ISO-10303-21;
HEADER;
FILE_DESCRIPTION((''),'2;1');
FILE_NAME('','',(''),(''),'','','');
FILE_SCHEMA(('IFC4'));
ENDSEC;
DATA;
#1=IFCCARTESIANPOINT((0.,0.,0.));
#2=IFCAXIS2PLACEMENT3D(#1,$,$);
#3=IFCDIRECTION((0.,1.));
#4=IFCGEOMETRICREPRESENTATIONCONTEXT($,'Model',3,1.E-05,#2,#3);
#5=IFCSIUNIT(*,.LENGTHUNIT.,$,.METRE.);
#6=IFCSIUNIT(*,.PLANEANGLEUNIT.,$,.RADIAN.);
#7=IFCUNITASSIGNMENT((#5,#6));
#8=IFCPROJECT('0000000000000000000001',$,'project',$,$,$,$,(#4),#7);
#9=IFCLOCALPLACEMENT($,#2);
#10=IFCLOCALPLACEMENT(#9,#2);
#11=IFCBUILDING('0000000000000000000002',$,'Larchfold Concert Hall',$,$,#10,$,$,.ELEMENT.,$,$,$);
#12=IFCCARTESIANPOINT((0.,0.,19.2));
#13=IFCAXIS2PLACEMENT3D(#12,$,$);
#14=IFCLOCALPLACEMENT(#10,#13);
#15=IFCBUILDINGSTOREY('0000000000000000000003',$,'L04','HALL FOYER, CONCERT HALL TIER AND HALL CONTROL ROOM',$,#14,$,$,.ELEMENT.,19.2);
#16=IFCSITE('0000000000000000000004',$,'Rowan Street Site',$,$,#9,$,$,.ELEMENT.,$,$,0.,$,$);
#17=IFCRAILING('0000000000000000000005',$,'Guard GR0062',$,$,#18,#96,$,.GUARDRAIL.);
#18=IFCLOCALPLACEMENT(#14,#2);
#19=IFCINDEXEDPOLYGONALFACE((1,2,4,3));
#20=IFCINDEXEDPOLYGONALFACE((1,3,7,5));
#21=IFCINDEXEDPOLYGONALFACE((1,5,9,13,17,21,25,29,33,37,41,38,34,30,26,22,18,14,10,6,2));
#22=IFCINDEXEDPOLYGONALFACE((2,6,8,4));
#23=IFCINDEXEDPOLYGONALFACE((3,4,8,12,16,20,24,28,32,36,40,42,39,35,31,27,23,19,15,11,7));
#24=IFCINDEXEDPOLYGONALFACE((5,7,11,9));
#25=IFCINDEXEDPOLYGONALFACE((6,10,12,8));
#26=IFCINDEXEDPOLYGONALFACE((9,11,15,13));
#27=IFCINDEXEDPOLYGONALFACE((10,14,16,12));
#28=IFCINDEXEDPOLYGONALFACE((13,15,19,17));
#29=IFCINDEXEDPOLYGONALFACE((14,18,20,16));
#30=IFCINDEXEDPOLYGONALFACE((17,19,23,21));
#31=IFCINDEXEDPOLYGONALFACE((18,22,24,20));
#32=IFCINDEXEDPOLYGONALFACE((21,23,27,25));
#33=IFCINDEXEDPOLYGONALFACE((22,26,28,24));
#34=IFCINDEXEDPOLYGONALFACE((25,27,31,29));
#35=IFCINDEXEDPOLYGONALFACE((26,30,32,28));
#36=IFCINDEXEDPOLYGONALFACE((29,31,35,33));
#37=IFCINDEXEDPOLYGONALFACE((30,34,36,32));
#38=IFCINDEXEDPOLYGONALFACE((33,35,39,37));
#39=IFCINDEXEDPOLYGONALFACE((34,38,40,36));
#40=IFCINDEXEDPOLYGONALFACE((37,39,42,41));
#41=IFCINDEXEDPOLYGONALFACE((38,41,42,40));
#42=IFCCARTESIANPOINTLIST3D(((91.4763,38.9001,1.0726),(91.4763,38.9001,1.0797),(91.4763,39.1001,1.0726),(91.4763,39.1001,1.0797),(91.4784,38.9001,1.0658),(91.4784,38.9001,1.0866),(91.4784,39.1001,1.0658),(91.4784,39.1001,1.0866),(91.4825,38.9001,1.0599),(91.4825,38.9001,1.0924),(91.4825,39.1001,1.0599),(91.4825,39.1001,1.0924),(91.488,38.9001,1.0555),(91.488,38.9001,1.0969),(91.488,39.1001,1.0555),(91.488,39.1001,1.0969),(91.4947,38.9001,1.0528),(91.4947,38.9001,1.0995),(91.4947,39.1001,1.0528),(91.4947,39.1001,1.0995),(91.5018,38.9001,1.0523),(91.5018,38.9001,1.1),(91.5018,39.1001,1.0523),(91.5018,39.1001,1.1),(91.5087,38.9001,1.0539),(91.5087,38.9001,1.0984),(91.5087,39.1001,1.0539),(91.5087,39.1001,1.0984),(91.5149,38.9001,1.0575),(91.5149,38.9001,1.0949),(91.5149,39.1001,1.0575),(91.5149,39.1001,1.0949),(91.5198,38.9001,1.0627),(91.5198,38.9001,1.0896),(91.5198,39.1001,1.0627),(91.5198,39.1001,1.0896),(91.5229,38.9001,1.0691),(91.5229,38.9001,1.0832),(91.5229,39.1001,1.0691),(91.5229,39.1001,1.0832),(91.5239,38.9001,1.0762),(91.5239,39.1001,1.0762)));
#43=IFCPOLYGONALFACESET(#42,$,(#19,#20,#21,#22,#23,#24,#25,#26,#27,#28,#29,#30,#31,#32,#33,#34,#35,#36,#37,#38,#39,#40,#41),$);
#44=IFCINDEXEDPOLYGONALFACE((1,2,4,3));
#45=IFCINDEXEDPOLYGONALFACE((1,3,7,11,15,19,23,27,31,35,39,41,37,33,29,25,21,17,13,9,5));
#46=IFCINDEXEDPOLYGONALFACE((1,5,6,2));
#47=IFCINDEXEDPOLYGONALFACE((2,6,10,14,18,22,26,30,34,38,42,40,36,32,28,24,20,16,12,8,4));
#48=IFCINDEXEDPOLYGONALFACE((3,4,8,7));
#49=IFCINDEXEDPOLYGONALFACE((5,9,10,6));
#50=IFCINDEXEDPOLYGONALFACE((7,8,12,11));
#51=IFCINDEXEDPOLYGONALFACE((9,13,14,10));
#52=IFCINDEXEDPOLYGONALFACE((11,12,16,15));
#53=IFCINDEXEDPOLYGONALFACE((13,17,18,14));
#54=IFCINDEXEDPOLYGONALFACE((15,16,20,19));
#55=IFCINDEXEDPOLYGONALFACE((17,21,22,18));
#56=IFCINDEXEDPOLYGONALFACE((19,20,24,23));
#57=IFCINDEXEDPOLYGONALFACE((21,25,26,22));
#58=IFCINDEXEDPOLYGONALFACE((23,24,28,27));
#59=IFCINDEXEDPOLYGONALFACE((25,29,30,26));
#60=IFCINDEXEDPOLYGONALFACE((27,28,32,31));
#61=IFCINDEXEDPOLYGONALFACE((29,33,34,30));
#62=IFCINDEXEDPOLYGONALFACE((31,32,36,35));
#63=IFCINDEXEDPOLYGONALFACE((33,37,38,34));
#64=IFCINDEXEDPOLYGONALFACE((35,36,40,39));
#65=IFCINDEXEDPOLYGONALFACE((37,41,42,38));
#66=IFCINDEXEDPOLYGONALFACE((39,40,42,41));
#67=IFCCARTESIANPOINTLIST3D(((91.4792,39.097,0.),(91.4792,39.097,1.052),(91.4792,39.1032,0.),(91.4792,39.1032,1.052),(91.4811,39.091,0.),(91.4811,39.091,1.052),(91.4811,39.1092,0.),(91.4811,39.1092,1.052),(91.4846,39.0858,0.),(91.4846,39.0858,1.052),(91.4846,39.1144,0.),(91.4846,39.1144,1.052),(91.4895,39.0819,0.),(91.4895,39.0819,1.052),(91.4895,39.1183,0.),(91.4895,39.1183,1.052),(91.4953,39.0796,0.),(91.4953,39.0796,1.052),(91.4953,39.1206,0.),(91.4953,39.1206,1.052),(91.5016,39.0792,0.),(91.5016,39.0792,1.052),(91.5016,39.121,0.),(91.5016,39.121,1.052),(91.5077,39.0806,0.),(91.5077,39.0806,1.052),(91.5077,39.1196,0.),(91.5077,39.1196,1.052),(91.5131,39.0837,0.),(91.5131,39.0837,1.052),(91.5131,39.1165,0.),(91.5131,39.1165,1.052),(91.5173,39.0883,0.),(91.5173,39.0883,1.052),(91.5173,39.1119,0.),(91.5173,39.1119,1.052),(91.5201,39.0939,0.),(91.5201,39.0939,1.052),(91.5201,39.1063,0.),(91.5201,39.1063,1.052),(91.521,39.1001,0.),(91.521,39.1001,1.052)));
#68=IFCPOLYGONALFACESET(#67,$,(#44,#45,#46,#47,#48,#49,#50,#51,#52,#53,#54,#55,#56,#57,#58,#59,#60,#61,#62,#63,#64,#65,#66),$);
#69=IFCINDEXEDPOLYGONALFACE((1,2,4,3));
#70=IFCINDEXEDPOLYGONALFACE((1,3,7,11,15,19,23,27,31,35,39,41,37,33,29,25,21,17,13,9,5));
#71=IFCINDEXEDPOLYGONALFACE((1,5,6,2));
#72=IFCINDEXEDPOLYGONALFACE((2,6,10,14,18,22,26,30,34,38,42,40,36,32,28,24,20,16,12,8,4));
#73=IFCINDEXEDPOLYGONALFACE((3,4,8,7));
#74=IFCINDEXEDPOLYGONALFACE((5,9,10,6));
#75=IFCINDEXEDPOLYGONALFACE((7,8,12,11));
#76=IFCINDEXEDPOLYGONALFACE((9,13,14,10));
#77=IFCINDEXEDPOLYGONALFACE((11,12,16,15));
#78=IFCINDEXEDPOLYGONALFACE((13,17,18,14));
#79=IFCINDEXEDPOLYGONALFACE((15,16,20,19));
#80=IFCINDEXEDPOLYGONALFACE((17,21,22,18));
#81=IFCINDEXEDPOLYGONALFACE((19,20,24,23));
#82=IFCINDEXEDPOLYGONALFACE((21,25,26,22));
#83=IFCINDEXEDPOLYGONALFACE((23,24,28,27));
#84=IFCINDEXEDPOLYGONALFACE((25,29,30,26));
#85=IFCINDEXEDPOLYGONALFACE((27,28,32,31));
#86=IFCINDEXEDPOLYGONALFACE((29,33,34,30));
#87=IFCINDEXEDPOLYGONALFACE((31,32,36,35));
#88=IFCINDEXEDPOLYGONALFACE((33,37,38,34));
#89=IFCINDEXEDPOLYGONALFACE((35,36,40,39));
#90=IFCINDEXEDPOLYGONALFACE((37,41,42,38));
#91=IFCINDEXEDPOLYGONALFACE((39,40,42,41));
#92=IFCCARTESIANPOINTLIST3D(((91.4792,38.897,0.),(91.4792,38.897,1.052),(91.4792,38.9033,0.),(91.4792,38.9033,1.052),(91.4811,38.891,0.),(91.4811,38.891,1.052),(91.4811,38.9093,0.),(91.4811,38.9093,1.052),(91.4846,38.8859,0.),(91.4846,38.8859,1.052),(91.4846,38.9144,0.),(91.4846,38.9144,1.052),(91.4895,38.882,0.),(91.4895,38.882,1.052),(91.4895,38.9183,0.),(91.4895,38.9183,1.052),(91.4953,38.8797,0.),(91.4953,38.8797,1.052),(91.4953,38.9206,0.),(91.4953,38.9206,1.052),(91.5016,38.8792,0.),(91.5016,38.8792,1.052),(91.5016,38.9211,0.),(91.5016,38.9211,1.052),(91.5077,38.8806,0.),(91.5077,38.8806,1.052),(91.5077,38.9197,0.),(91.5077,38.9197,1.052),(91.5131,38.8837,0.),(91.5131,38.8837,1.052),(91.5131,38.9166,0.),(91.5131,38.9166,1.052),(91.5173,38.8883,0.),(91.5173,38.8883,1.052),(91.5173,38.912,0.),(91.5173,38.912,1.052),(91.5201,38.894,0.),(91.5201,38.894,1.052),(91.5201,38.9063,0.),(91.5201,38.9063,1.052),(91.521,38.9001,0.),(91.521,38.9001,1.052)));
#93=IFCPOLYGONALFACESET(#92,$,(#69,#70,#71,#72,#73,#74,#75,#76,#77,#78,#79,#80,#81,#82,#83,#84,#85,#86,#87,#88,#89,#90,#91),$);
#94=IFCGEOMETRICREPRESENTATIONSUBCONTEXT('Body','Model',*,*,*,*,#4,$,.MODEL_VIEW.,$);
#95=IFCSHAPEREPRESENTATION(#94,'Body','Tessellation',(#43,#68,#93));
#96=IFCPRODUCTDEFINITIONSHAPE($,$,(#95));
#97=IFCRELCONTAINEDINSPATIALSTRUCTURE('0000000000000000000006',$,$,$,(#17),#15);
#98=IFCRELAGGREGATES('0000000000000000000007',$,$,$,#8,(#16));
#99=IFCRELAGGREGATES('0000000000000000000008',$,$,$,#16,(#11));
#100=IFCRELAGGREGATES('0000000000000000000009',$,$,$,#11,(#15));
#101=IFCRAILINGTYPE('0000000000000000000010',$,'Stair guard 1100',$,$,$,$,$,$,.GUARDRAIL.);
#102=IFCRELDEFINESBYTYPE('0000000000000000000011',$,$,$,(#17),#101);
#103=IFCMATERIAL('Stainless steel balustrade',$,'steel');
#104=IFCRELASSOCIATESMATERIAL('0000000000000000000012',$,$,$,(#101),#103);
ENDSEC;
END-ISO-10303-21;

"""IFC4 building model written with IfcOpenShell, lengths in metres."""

from ifc_helpers import new_model, si_unit, direction, frame, origin, origin_2d, place, context, subcontext, project, spatial, circle, extrude, material, type_object, element, save


model = new_model("IFC4")

# Units and contexts
model_context = context("Model", 3, precision=1e-05, world=origin(), true_north=direction((0.0, 1.0)))
body_context = subcontext(model_context, "Body", "Model", "MODEL_VIEW")
ifc_project = project(units=[si_unit("LENGTHUNIT", "METRE"), si_unit("PLANEANGLEUNIT", "RADIAN")], contexts=[model_context])

# Site, building, storey
site_placement = place(None, origin())
site = spatial("IfcSite", under=ifc_project, at=site_placement, Name="Rowan Street Site", CompositionType="ELEMENT", RefElevation=0.0)
building_placement = place(site_placement, origin())
building = spatial("IfcBuilding", under=site, at=building_placement, Name="Larchfold Concert Hall", CompositionType="ELEMENT")
storey_placement = place(building_placement, frame((0.0, 0.0, 19.2)))
storey = spatial("IfcBuildingStorey", under=building, at=storey_placement, Name="L04", Description="HALL FOYER, CONCERT HALL TIER AND HALL CONTROL ROOM", CompositionType="ELEMENT", Elevation=19.2)

# Railing
ifc_material_1 = material(Name="Stainless steel balustrade", Category="steel")
railing_type_1 = type_object("IfcRailingType", Name="Stair guard 1100", PredefinedType="GUARDRAIL", material=ifc_material_1)
railing_1_placement = place(storey_placement, frame((91.5, 39.1001, 0.0)))
element("IfcRailing", 1, at=railing_1_placement, inside=storey, type_object=railing_type_1, Name="Guard GR0062", PredefinedType="GUARDRAIL", context=body_context, shape_type="SweptSolid", body=[
    extrude(circle(Radius=0.0239, at=origin_2d()), frame((0.0, 0.0, 1.0762), z_axis=(0.0, -1.0, 0.0), x_axis=(1.0, 0.0, 0.0)), (0.0, 0.0, 1.0), 0.2),
    extrude(circle(Radius=0.021, at=origin_2d()), origin(), (0.0, 0.0, 1.0), 1.052),
    extrude(circle(Radius=0.021, at=origin_2d()), frame((0.0, -0.2, 0.0)), (0.0, 0.0, 1.0), 1.052),
])

save(model, "model.ifc")
